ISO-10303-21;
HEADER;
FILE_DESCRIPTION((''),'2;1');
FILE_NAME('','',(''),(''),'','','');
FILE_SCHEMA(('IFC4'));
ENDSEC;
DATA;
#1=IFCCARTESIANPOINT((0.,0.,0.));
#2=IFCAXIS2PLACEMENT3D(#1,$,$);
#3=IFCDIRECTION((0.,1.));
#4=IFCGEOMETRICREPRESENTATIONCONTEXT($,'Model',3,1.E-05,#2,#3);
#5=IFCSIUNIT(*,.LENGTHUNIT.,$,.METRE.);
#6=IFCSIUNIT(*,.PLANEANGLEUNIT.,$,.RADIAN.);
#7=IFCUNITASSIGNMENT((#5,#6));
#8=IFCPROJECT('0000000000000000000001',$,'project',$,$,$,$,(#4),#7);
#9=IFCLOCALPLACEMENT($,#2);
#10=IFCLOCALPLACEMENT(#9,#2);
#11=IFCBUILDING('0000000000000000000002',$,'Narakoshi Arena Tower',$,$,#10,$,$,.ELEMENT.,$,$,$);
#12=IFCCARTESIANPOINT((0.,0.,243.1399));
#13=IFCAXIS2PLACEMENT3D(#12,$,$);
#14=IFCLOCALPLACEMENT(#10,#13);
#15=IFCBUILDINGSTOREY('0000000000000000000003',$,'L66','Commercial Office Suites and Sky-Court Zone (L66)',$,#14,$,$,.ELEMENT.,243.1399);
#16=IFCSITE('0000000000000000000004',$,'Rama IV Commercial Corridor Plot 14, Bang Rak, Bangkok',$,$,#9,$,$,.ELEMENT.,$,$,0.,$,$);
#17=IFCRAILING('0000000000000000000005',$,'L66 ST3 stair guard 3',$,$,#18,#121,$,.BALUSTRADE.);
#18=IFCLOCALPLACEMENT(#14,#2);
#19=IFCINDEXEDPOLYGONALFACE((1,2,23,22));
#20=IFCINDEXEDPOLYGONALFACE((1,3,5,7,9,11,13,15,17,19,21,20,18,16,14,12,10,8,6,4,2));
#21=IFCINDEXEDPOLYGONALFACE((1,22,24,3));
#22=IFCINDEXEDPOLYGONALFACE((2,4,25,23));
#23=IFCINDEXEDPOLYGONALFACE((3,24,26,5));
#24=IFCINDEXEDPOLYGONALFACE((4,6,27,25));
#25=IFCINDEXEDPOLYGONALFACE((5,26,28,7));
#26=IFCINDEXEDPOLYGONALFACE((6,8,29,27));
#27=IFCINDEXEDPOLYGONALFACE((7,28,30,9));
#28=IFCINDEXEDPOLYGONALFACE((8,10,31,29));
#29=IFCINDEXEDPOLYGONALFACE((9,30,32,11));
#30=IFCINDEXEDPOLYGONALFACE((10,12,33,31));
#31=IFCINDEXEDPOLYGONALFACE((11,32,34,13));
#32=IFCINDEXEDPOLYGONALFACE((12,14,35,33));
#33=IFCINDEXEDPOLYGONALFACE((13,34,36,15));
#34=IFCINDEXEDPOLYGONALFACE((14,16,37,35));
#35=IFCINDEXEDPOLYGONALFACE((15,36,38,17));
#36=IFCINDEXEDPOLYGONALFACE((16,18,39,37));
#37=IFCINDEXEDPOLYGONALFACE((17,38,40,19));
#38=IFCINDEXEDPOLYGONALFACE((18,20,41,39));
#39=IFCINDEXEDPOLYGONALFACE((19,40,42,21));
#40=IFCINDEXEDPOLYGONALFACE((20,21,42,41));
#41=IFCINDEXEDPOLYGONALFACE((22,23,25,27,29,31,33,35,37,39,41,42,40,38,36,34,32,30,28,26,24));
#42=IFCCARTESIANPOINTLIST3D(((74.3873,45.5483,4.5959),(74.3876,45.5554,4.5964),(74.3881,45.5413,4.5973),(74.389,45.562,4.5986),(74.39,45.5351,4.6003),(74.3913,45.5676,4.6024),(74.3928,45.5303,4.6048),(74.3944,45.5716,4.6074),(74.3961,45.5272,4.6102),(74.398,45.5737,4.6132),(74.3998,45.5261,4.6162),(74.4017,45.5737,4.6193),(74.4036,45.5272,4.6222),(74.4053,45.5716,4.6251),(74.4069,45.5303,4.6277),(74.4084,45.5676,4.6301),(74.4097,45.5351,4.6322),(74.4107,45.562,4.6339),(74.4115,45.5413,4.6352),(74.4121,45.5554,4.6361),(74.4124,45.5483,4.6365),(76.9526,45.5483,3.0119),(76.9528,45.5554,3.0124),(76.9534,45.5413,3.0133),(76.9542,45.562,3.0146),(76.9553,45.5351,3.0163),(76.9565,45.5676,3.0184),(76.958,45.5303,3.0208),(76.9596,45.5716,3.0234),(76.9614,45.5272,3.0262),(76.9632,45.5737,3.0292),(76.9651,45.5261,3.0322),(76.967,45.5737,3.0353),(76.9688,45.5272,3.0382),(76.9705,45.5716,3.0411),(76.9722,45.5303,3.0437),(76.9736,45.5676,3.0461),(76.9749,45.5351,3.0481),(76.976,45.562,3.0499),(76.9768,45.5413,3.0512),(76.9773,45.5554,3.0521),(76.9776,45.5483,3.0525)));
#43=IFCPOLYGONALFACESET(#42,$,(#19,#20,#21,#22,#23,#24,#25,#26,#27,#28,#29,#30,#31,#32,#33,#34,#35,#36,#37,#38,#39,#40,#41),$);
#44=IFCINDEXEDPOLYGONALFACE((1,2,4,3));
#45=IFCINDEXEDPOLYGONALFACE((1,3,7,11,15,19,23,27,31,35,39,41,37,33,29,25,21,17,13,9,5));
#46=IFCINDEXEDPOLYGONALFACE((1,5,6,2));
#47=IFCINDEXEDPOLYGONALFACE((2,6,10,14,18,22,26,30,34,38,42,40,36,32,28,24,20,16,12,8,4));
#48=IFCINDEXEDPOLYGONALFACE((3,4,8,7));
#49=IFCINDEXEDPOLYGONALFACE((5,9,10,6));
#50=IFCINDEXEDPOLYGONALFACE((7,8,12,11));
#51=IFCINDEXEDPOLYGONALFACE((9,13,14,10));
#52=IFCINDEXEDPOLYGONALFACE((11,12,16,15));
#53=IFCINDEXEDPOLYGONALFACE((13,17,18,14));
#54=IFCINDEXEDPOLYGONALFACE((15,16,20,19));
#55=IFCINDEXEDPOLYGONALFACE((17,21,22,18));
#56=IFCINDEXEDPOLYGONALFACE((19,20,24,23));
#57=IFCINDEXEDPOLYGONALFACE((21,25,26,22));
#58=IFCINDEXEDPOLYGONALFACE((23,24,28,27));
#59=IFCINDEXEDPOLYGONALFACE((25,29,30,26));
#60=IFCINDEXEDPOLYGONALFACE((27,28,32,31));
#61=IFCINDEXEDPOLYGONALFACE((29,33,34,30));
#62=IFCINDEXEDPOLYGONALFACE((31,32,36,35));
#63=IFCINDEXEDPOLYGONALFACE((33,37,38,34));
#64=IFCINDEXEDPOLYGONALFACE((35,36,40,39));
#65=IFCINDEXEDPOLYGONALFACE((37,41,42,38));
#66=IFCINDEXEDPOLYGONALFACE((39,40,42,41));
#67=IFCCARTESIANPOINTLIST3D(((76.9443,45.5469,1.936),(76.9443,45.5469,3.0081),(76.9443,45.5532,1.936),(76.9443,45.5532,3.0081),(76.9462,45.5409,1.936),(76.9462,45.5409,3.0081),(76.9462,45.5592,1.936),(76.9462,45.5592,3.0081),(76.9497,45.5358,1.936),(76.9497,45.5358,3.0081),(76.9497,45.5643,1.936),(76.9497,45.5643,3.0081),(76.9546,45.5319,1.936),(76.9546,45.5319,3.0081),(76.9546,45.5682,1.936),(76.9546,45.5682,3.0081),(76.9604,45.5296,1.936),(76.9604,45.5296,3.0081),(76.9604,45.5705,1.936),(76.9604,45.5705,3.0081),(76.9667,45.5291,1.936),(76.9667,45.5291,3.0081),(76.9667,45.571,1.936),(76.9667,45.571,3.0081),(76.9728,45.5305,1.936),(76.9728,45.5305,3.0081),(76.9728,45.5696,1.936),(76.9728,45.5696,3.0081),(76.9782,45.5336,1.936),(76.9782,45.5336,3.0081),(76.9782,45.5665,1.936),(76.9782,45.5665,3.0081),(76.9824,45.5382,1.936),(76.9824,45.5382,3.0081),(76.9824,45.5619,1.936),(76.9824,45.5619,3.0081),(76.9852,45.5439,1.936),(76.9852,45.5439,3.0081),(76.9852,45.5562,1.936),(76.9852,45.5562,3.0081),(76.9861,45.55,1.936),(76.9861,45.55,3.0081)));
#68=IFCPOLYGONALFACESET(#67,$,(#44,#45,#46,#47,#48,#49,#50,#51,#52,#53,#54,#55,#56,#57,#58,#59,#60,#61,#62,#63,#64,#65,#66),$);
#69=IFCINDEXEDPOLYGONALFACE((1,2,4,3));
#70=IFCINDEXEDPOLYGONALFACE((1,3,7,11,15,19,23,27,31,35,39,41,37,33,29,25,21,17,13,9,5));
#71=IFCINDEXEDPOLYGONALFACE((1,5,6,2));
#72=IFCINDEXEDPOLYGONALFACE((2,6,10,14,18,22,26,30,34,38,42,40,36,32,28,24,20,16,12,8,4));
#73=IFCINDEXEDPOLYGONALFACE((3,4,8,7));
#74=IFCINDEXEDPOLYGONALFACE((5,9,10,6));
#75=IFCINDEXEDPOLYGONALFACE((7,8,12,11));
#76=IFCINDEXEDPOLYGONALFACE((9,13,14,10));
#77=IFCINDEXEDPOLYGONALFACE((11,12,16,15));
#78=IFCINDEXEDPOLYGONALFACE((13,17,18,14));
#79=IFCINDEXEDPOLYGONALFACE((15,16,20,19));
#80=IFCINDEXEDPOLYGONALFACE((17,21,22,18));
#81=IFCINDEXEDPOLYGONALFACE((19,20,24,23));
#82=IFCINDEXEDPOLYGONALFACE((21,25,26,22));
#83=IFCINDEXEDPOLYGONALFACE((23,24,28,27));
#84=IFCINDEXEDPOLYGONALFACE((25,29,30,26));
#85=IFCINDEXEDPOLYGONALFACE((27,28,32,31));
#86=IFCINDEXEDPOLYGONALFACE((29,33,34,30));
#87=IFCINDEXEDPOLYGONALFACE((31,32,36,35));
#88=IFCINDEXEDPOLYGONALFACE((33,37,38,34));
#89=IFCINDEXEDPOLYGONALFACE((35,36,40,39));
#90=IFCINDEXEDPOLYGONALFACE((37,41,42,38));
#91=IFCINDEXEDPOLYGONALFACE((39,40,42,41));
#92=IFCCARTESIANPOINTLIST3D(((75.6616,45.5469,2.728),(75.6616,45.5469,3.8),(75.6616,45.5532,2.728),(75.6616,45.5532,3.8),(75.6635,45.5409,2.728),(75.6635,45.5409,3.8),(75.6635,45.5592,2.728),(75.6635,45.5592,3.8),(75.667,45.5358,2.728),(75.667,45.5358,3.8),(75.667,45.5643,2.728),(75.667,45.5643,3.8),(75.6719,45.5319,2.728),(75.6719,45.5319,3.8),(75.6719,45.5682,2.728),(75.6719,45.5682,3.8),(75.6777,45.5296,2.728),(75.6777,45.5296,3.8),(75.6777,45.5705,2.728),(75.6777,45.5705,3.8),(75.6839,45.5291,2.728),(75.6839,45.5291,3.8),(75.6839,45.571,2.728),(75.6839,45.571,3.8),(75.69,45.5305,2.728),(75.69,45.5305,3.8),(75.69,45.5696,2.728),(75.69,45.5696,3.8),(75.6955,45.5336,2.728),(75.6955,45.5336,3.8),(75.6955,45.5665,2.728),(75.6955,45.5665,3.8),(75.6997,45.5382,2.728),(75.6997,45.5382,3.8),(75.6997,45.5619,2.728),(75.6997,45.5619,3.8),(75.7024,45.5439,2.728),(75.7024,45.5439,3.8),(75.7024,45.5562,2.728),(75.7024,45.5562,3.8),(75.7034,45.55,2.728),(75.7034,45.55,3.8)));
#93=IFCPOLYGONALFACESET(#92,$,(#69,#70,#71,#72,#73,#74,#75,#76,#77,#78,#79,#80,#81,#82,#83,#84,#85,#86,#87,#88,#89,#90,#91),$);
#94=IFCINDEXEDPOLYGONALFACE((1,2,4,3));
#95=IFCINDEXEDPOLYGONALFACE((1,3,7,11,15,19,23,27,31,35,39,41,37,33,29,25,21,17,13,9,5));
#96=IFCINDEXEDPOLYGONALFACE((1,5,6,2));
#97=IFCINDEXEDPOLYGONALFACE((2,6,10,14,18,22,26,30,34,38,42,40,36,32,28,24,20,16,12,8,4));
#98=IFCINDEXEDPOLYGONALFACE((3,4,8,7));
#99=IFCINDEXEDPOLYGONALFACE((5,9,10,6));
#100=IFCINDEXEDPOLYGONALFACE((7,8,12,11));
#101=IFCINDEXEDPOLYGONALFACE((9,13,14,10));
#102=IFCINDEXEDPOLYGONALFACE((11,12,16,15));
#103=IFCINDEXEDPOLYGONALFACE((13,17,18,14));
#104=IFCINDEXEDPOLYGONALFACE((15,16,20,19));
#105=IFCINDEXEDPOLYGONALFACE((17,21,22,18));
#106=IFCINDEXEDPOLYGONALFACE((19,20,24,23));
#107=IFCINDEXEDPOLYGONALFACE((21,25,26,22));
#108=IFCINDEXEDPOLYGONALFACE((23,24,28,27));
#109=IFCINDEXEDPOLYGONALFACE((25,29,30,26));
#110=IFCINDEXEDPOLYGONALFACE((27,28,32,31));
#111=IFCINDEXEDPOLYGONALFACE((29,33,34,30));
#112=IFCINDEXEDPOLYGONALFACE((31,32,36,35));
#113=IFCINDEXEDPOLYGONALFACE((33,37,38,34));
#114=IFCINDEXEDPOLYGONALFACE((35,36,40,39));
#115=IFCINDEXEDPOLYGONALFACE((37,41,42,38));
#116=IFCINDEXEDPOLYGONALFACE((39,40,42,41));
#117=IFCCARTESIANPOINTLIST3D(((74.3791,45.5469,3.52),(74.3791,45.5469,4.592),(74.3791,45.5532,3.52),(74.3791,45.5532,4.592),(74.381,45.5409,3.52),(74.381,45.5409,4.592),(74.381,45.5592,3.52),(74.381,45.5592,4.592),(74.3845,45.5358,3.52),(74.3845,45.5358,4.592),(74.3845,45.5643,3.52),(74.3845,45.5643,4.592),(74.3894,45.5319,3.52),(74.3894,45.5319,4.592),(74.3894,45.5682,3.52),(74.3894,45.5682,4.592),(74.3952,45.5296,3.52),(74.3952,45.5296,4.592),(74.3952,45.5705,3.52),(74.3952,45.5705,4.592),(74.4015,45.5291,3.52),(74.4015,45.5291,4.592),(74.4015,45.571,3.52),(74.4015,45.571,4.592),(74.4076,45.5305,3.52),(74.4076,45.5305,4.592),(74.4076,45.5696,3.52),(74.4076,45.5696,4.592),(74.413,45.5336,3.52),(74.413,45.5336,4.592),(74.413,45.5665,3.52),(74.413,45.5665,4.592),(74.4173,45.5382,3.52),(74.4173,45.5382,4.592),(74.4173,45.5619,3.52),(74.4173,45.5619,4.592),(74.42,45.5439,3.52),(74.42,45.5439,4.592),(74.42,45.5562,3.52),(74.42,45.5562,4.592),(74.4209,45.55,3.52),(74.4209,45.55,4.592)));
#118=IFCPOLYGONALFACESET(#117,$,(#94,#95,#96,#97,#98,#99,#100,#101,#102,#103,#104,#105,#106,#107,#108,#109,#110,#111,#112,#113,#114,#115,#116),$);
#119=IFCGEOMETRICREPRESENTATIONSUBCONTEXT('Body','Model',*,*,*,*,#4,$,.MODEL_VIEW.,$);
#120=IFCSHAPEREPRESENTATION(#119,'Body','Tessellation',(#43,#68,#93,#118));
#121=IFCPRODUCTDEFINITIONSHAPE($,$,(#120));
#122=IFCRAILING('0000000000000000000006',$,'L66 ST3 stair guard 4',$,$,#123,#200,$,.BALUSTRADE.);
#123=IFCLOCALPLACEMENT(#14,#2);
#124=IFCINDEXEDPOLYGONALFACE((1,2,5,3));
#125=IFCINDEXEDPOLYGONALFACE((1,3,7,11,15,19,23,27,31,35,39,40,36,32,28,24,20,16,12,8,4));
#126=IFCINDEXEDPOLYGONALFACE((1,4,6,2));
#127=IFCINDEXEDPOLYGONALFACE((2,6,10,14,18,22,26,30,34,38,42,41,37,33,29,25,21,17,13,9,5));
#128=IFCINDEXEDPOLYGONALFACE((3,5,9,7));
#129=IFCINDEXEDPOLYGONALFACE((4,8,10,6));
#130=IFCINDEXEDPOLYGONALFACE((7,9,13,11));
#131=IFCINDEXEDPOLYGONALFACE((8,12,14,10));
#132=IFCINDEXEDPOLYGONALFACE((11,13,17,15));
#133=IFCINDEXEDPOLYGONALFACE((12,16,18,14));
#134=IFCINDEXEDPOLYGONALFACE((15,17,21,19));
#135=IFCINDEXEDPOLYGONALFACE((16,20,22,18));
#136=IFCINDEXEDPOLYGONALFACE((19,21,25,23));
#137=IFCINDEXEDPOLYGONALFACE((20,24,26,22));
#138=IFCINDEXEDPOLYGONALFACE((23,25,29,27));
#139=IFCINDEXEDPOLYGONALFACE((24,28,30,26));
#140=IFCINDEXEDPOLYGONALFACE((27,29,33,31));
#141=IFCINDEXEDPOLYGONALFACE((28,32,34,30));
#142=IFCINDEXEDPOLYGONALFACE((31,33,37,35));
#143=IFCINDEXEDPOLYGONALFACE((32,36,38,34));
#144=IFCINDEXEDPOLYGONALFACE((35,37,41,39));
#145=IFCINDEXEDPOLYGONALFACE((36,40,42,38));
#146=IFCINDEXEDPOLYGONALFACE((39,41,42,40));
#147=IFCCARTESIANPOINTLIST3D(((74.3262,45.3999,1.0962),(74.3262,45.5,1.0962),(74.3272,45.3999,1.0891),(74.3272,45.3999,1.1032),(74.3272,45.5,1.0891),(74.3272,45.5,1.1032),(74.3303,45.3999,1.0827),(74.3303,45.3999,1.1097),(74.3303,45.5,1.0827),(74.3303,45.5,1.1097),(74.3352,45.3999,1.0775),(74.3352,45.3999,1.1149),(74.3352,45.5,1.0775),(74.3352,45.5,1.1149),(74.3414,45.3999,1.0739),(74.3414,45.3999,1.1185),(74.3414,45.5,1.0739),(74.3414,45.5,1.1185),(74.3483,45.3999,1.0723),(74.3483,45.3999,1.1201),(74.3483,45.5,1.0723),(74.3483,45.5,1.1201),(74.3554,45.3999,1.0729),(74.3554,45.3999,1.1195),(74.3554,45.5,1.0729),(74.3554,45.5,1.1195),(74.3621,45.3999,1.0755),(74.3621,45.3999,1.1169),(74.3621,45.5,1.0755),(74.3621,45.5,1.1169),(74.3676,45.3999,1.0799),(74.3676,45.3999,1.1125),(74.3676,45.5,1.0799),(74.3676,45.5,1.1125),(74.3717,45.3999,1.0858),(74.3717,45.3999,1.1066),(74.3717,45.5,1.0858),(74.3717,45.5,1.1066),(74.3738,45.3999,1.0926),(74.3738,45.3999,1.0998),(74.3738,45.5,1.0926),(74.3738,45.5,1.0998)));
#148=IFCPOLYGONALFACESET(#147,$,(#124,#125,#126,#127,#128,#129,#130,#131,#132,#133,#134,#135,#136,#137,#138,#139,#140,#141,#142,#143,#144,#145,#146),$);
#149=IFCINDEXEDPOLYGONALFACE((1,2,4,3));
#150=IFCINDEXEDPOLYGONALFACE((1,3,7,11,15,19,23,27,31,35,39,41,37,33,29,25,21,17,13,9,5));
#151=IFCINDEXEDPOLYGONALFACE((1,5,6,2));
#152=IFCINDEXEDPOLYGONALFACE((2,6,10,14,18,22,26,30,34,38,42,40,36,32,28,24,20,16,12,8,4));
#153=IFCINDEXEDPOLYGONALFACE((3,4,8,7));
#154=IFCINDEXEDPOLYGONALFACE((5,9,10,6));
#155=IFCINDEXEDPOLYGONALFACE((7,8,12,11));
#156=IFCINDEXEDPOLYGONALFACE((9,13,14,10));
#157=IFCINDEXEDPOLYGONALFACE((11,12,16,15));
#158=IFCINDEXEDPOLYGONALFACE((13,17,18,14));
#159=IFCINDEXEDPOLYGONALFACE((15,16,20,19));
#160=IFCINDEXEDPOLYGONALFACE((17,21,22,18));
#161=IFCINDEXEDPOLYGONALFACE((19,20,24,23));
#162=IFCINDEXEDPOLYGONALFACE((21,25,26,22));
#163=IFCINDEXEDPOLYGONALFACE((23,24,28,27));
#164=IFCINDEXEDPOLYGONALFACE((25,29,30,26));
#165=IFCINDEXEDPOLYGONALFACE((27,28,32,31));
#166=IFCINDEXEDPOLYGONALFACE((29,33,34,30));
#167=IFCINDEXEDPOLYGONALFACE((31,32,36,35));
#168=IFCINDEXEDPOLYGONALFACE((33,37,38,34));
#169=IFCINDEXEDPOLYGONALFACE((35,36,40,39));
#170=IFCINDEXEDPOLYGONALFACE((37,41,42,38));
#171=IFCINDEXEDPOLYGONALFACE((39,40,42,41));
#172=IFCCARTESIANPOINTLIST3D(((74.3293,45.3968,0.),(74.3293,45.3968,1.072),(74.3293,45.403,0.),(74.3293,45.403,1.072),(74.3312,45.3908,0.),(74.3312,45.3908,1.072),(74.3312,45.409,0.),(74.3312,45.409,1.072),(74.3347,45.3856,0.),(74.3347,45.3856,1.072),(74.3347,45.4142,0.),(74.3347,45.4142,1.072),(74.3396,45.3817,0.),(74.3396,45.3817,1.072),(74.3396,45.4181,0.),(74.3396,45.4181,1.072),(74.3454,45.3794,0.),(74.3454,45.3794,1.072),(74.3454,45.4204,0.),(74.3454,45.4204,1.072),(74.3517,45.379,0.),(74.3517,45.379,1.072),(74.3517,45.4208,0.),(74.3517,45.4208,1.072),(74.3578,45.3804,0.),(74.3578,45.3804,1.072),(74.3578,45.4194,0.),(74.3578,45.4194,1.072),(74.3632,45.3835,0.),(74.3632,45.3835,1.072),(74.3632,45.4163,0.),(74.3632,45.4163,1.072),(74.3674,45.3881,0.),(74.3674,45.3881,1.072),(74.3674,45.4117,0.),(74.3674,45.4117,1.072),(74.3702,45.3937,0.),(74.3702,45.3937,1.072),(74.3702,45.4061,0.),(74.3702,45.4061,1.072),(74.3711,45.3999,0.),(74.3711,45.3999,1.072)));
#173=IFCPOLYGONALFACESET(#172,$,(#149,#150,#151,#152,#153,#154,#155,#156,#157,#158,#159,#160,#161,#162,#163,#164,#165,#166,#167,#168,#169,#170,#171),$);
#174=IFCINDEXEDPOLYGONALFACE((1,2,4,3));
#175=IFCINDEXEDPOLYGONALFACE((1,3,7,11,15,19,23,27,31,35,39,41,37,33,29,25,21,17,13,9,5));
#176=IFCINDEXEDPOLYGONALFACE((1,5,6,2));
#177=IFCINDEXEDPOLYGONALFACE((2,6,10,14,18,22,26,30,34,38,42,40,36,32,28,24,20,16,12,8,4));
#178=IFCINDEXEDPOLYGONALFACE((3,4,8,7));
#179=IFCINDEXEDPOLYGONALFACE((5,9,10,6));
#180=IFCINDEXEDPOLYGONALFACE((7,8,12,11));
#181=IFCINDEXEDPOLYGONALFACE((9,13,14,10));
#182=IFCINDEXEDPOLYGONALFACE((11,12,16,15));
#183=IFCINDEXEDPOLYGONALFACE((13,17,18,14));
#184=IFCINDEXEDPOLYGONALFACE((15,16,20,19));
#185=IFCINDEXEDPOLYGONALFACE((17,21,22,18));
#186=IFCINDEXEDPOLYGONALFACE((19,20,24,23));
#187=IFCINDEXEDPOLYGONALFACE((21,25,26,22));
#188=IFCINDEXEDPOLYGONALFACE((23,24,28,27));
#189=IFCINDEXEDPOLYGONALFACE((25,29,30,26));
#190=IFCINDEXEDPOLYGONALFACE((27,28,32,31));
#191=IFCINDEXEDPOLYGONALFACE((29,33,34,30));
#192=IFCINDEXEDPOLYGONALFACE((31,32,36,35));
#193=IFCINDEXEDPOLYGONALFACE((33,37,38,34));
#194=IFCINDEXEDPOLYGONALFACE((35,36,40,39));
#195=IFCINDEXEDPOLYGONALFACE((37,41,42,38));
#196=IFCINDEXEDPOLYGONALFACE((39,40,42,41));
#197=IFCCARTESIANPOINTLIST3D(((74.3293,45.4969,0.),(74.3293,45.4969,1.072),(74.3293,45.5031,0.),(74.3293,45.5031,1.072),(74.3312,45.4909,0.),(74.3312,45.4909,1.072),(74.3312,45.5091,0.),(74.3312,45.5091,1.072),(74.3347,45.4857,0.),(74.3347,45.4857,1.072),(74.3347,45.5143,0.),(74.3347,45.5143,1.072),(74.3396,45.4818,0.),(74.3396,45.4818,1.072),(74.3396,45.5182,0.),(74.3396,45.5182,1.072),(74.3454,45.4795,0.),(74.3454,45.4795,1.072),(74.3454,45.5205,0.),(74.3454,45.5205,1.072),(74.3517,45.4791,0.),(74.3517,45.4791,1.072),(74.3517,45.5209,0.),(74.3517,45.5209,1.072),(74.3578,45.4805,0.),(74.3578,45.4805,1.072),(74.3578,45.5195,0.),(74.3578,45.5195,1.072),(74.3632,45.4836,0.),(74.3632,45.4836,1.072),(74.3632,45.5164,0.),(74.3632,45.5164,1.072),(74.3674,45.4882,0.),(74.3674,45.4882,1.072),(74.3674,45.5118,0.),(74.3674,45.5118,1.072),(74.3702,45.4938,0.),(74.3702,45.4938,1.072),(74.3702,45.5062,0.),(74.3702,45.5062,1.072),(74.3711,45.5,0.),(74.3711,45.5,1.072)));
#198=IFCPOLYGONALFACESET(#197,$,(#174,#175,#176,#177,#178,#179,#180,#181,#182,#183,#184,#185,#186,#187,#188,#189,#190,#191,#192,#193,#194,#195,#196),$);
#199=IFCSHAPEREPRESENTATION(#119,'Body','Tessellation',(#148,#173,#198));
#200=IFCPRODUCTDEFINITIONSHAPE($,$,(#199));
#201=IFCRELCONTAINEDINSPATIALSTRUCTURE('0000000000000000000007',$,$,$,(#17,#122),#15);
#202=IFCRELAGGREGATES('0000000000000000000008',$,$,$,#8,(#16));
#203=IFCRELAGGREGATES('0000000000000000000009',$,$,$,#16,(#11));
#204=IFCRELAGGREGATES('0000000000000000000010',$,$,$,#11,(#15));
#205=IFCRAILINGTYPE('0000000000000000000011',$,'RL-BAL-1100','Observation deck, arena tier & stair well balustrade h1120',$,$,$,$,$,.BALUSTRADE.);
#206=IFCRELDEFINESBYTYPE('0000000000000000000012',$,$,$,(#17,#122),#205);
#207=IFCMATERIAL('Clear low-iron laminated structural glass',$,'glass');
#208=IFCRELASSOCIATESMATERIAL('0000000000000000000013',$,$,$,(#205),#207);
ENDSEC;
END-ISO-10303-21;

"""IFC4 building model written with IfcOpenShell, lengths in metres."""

from ifc_helpers import new_model, si_unit, direction, frame, origin, origin_2d, place, context, subcontext, project, spatial, circle, extrude, material, type_object, element, save


model = new_model("IFC4")

# Units and contexts
model_context = context("Model", 3, precision=1e-05, world=origin(), true_north=direction((0.0, 1.0)))
body_context = subcontext(model_context, "Body", "Model", "MODEL_VIEW")
ifc_project = project(units=[si_unit("LENGTHUNIT", "METRE"), si_unit("PLANEANGLEUNIT", "RADIAN")], contexts=[model_context])

# Site, building, storey
site_placement = place(None, origin())
site = spatial("IfcSite", under=ifc_project, at=site_placement, Name="Rama IV Commercial Corridor Plot 14, Bang Rak, Bangkok", CompositionType="ELEMENT", RefElevation=0.0)
building_placement = place(site_placement, origin())
building = spatial("IfcBuilding", under=site, at=building_placement, Name="Narakoshi Arena Tower", CompositionType="ELEMENT")
storey_placement = place(building_placement, frame((0.0, 0.0, 243.1399)))
storey = spatial("IfcBuildingStorey", under=building, at=storey_placement, Name="L66", Description="Commercial Office Suites and Sky-Court Zone (L66)", CompositionType="ELEMENT", Elevation=243.1399)

# Railings
ifc_material_1 = material(Name="Clear low-iron laminated structural glass", Category="glass")
railing_type_1 = type_object("IfcRailingType", Name="RL-BAL-1100", Description="Observation deck, arena tier & stair well balustrade h1120", PredefinedType="BALUSTRADE", material=ifc_material_1)
railing_1_placement = place(storey_placement, frame((76.9651, 45.55, 1.936)))
element("IfcRailing", 1, at=railing_1_placement, inside=storey, type_object=railing_type_1, Name="L66 ST3 stair guard 3", PredefinedType="BALUSTRADE", context=body_context, shape_type="SweptSolid", body=[
    extrude(circle(Radius=0.0239, at=origin_2d()), frame((0.0, 0.0, 1.0962), z_axis=(-0.850857, 0.0, 0.525398), x_axis=(0.0, -1.0, 0.0)), (0.0, 0.0, 1.0), 3.0149),
    extrude(circle(Radius=0.021, at=origin_2d()), origin(), (0.0, 0.0, 1.0), 1.072),
    extrude(circle(Radius=0.021, at=origin_2d()), frame((-1.2827, 0.0, 0.792)), (0.0, 0.0, 1.0), 1.072),
    extrude(circle(Radius=0.021, at=origin_2d()), frame((-2.5652, 0.0, 1.584)), (0.0, 0.0, 1.0), 1.072),
])
railing_2_placement = place(storey_placement, frame((74.3501, 45.3999, 0.0)))
element("IfcRailing", 2, at=railing_2_placement, inside=storey, type_object=railing_type_1, Name="L66 ST3 stair guard 4", PredefinedType="BALUSTRADE", context=body_context, shape_type="SweptSolid", body=[
    extrude(circle(Radius=0.0239, at=origin_2d()), frame((0.0, 0.0, 1.0962), z_axis=(0.0, 1.0, 0.0), x_axis=(-1.0, 0.0, 0.0)), (0.0, 0.0, 1.0), 0.1001),
    extrude(circle(Radius=0.021, at=origin_2d()), origin(), (0.0, 0.0, 1.0), 1.072),
    extrude(circle(Radius=0.021, at=origin_2d()), frame((0.0, 0.1001, 0.0)), (0.0, 0.0, 1.0), 1.072),
])

save(model, "model.ifc")
